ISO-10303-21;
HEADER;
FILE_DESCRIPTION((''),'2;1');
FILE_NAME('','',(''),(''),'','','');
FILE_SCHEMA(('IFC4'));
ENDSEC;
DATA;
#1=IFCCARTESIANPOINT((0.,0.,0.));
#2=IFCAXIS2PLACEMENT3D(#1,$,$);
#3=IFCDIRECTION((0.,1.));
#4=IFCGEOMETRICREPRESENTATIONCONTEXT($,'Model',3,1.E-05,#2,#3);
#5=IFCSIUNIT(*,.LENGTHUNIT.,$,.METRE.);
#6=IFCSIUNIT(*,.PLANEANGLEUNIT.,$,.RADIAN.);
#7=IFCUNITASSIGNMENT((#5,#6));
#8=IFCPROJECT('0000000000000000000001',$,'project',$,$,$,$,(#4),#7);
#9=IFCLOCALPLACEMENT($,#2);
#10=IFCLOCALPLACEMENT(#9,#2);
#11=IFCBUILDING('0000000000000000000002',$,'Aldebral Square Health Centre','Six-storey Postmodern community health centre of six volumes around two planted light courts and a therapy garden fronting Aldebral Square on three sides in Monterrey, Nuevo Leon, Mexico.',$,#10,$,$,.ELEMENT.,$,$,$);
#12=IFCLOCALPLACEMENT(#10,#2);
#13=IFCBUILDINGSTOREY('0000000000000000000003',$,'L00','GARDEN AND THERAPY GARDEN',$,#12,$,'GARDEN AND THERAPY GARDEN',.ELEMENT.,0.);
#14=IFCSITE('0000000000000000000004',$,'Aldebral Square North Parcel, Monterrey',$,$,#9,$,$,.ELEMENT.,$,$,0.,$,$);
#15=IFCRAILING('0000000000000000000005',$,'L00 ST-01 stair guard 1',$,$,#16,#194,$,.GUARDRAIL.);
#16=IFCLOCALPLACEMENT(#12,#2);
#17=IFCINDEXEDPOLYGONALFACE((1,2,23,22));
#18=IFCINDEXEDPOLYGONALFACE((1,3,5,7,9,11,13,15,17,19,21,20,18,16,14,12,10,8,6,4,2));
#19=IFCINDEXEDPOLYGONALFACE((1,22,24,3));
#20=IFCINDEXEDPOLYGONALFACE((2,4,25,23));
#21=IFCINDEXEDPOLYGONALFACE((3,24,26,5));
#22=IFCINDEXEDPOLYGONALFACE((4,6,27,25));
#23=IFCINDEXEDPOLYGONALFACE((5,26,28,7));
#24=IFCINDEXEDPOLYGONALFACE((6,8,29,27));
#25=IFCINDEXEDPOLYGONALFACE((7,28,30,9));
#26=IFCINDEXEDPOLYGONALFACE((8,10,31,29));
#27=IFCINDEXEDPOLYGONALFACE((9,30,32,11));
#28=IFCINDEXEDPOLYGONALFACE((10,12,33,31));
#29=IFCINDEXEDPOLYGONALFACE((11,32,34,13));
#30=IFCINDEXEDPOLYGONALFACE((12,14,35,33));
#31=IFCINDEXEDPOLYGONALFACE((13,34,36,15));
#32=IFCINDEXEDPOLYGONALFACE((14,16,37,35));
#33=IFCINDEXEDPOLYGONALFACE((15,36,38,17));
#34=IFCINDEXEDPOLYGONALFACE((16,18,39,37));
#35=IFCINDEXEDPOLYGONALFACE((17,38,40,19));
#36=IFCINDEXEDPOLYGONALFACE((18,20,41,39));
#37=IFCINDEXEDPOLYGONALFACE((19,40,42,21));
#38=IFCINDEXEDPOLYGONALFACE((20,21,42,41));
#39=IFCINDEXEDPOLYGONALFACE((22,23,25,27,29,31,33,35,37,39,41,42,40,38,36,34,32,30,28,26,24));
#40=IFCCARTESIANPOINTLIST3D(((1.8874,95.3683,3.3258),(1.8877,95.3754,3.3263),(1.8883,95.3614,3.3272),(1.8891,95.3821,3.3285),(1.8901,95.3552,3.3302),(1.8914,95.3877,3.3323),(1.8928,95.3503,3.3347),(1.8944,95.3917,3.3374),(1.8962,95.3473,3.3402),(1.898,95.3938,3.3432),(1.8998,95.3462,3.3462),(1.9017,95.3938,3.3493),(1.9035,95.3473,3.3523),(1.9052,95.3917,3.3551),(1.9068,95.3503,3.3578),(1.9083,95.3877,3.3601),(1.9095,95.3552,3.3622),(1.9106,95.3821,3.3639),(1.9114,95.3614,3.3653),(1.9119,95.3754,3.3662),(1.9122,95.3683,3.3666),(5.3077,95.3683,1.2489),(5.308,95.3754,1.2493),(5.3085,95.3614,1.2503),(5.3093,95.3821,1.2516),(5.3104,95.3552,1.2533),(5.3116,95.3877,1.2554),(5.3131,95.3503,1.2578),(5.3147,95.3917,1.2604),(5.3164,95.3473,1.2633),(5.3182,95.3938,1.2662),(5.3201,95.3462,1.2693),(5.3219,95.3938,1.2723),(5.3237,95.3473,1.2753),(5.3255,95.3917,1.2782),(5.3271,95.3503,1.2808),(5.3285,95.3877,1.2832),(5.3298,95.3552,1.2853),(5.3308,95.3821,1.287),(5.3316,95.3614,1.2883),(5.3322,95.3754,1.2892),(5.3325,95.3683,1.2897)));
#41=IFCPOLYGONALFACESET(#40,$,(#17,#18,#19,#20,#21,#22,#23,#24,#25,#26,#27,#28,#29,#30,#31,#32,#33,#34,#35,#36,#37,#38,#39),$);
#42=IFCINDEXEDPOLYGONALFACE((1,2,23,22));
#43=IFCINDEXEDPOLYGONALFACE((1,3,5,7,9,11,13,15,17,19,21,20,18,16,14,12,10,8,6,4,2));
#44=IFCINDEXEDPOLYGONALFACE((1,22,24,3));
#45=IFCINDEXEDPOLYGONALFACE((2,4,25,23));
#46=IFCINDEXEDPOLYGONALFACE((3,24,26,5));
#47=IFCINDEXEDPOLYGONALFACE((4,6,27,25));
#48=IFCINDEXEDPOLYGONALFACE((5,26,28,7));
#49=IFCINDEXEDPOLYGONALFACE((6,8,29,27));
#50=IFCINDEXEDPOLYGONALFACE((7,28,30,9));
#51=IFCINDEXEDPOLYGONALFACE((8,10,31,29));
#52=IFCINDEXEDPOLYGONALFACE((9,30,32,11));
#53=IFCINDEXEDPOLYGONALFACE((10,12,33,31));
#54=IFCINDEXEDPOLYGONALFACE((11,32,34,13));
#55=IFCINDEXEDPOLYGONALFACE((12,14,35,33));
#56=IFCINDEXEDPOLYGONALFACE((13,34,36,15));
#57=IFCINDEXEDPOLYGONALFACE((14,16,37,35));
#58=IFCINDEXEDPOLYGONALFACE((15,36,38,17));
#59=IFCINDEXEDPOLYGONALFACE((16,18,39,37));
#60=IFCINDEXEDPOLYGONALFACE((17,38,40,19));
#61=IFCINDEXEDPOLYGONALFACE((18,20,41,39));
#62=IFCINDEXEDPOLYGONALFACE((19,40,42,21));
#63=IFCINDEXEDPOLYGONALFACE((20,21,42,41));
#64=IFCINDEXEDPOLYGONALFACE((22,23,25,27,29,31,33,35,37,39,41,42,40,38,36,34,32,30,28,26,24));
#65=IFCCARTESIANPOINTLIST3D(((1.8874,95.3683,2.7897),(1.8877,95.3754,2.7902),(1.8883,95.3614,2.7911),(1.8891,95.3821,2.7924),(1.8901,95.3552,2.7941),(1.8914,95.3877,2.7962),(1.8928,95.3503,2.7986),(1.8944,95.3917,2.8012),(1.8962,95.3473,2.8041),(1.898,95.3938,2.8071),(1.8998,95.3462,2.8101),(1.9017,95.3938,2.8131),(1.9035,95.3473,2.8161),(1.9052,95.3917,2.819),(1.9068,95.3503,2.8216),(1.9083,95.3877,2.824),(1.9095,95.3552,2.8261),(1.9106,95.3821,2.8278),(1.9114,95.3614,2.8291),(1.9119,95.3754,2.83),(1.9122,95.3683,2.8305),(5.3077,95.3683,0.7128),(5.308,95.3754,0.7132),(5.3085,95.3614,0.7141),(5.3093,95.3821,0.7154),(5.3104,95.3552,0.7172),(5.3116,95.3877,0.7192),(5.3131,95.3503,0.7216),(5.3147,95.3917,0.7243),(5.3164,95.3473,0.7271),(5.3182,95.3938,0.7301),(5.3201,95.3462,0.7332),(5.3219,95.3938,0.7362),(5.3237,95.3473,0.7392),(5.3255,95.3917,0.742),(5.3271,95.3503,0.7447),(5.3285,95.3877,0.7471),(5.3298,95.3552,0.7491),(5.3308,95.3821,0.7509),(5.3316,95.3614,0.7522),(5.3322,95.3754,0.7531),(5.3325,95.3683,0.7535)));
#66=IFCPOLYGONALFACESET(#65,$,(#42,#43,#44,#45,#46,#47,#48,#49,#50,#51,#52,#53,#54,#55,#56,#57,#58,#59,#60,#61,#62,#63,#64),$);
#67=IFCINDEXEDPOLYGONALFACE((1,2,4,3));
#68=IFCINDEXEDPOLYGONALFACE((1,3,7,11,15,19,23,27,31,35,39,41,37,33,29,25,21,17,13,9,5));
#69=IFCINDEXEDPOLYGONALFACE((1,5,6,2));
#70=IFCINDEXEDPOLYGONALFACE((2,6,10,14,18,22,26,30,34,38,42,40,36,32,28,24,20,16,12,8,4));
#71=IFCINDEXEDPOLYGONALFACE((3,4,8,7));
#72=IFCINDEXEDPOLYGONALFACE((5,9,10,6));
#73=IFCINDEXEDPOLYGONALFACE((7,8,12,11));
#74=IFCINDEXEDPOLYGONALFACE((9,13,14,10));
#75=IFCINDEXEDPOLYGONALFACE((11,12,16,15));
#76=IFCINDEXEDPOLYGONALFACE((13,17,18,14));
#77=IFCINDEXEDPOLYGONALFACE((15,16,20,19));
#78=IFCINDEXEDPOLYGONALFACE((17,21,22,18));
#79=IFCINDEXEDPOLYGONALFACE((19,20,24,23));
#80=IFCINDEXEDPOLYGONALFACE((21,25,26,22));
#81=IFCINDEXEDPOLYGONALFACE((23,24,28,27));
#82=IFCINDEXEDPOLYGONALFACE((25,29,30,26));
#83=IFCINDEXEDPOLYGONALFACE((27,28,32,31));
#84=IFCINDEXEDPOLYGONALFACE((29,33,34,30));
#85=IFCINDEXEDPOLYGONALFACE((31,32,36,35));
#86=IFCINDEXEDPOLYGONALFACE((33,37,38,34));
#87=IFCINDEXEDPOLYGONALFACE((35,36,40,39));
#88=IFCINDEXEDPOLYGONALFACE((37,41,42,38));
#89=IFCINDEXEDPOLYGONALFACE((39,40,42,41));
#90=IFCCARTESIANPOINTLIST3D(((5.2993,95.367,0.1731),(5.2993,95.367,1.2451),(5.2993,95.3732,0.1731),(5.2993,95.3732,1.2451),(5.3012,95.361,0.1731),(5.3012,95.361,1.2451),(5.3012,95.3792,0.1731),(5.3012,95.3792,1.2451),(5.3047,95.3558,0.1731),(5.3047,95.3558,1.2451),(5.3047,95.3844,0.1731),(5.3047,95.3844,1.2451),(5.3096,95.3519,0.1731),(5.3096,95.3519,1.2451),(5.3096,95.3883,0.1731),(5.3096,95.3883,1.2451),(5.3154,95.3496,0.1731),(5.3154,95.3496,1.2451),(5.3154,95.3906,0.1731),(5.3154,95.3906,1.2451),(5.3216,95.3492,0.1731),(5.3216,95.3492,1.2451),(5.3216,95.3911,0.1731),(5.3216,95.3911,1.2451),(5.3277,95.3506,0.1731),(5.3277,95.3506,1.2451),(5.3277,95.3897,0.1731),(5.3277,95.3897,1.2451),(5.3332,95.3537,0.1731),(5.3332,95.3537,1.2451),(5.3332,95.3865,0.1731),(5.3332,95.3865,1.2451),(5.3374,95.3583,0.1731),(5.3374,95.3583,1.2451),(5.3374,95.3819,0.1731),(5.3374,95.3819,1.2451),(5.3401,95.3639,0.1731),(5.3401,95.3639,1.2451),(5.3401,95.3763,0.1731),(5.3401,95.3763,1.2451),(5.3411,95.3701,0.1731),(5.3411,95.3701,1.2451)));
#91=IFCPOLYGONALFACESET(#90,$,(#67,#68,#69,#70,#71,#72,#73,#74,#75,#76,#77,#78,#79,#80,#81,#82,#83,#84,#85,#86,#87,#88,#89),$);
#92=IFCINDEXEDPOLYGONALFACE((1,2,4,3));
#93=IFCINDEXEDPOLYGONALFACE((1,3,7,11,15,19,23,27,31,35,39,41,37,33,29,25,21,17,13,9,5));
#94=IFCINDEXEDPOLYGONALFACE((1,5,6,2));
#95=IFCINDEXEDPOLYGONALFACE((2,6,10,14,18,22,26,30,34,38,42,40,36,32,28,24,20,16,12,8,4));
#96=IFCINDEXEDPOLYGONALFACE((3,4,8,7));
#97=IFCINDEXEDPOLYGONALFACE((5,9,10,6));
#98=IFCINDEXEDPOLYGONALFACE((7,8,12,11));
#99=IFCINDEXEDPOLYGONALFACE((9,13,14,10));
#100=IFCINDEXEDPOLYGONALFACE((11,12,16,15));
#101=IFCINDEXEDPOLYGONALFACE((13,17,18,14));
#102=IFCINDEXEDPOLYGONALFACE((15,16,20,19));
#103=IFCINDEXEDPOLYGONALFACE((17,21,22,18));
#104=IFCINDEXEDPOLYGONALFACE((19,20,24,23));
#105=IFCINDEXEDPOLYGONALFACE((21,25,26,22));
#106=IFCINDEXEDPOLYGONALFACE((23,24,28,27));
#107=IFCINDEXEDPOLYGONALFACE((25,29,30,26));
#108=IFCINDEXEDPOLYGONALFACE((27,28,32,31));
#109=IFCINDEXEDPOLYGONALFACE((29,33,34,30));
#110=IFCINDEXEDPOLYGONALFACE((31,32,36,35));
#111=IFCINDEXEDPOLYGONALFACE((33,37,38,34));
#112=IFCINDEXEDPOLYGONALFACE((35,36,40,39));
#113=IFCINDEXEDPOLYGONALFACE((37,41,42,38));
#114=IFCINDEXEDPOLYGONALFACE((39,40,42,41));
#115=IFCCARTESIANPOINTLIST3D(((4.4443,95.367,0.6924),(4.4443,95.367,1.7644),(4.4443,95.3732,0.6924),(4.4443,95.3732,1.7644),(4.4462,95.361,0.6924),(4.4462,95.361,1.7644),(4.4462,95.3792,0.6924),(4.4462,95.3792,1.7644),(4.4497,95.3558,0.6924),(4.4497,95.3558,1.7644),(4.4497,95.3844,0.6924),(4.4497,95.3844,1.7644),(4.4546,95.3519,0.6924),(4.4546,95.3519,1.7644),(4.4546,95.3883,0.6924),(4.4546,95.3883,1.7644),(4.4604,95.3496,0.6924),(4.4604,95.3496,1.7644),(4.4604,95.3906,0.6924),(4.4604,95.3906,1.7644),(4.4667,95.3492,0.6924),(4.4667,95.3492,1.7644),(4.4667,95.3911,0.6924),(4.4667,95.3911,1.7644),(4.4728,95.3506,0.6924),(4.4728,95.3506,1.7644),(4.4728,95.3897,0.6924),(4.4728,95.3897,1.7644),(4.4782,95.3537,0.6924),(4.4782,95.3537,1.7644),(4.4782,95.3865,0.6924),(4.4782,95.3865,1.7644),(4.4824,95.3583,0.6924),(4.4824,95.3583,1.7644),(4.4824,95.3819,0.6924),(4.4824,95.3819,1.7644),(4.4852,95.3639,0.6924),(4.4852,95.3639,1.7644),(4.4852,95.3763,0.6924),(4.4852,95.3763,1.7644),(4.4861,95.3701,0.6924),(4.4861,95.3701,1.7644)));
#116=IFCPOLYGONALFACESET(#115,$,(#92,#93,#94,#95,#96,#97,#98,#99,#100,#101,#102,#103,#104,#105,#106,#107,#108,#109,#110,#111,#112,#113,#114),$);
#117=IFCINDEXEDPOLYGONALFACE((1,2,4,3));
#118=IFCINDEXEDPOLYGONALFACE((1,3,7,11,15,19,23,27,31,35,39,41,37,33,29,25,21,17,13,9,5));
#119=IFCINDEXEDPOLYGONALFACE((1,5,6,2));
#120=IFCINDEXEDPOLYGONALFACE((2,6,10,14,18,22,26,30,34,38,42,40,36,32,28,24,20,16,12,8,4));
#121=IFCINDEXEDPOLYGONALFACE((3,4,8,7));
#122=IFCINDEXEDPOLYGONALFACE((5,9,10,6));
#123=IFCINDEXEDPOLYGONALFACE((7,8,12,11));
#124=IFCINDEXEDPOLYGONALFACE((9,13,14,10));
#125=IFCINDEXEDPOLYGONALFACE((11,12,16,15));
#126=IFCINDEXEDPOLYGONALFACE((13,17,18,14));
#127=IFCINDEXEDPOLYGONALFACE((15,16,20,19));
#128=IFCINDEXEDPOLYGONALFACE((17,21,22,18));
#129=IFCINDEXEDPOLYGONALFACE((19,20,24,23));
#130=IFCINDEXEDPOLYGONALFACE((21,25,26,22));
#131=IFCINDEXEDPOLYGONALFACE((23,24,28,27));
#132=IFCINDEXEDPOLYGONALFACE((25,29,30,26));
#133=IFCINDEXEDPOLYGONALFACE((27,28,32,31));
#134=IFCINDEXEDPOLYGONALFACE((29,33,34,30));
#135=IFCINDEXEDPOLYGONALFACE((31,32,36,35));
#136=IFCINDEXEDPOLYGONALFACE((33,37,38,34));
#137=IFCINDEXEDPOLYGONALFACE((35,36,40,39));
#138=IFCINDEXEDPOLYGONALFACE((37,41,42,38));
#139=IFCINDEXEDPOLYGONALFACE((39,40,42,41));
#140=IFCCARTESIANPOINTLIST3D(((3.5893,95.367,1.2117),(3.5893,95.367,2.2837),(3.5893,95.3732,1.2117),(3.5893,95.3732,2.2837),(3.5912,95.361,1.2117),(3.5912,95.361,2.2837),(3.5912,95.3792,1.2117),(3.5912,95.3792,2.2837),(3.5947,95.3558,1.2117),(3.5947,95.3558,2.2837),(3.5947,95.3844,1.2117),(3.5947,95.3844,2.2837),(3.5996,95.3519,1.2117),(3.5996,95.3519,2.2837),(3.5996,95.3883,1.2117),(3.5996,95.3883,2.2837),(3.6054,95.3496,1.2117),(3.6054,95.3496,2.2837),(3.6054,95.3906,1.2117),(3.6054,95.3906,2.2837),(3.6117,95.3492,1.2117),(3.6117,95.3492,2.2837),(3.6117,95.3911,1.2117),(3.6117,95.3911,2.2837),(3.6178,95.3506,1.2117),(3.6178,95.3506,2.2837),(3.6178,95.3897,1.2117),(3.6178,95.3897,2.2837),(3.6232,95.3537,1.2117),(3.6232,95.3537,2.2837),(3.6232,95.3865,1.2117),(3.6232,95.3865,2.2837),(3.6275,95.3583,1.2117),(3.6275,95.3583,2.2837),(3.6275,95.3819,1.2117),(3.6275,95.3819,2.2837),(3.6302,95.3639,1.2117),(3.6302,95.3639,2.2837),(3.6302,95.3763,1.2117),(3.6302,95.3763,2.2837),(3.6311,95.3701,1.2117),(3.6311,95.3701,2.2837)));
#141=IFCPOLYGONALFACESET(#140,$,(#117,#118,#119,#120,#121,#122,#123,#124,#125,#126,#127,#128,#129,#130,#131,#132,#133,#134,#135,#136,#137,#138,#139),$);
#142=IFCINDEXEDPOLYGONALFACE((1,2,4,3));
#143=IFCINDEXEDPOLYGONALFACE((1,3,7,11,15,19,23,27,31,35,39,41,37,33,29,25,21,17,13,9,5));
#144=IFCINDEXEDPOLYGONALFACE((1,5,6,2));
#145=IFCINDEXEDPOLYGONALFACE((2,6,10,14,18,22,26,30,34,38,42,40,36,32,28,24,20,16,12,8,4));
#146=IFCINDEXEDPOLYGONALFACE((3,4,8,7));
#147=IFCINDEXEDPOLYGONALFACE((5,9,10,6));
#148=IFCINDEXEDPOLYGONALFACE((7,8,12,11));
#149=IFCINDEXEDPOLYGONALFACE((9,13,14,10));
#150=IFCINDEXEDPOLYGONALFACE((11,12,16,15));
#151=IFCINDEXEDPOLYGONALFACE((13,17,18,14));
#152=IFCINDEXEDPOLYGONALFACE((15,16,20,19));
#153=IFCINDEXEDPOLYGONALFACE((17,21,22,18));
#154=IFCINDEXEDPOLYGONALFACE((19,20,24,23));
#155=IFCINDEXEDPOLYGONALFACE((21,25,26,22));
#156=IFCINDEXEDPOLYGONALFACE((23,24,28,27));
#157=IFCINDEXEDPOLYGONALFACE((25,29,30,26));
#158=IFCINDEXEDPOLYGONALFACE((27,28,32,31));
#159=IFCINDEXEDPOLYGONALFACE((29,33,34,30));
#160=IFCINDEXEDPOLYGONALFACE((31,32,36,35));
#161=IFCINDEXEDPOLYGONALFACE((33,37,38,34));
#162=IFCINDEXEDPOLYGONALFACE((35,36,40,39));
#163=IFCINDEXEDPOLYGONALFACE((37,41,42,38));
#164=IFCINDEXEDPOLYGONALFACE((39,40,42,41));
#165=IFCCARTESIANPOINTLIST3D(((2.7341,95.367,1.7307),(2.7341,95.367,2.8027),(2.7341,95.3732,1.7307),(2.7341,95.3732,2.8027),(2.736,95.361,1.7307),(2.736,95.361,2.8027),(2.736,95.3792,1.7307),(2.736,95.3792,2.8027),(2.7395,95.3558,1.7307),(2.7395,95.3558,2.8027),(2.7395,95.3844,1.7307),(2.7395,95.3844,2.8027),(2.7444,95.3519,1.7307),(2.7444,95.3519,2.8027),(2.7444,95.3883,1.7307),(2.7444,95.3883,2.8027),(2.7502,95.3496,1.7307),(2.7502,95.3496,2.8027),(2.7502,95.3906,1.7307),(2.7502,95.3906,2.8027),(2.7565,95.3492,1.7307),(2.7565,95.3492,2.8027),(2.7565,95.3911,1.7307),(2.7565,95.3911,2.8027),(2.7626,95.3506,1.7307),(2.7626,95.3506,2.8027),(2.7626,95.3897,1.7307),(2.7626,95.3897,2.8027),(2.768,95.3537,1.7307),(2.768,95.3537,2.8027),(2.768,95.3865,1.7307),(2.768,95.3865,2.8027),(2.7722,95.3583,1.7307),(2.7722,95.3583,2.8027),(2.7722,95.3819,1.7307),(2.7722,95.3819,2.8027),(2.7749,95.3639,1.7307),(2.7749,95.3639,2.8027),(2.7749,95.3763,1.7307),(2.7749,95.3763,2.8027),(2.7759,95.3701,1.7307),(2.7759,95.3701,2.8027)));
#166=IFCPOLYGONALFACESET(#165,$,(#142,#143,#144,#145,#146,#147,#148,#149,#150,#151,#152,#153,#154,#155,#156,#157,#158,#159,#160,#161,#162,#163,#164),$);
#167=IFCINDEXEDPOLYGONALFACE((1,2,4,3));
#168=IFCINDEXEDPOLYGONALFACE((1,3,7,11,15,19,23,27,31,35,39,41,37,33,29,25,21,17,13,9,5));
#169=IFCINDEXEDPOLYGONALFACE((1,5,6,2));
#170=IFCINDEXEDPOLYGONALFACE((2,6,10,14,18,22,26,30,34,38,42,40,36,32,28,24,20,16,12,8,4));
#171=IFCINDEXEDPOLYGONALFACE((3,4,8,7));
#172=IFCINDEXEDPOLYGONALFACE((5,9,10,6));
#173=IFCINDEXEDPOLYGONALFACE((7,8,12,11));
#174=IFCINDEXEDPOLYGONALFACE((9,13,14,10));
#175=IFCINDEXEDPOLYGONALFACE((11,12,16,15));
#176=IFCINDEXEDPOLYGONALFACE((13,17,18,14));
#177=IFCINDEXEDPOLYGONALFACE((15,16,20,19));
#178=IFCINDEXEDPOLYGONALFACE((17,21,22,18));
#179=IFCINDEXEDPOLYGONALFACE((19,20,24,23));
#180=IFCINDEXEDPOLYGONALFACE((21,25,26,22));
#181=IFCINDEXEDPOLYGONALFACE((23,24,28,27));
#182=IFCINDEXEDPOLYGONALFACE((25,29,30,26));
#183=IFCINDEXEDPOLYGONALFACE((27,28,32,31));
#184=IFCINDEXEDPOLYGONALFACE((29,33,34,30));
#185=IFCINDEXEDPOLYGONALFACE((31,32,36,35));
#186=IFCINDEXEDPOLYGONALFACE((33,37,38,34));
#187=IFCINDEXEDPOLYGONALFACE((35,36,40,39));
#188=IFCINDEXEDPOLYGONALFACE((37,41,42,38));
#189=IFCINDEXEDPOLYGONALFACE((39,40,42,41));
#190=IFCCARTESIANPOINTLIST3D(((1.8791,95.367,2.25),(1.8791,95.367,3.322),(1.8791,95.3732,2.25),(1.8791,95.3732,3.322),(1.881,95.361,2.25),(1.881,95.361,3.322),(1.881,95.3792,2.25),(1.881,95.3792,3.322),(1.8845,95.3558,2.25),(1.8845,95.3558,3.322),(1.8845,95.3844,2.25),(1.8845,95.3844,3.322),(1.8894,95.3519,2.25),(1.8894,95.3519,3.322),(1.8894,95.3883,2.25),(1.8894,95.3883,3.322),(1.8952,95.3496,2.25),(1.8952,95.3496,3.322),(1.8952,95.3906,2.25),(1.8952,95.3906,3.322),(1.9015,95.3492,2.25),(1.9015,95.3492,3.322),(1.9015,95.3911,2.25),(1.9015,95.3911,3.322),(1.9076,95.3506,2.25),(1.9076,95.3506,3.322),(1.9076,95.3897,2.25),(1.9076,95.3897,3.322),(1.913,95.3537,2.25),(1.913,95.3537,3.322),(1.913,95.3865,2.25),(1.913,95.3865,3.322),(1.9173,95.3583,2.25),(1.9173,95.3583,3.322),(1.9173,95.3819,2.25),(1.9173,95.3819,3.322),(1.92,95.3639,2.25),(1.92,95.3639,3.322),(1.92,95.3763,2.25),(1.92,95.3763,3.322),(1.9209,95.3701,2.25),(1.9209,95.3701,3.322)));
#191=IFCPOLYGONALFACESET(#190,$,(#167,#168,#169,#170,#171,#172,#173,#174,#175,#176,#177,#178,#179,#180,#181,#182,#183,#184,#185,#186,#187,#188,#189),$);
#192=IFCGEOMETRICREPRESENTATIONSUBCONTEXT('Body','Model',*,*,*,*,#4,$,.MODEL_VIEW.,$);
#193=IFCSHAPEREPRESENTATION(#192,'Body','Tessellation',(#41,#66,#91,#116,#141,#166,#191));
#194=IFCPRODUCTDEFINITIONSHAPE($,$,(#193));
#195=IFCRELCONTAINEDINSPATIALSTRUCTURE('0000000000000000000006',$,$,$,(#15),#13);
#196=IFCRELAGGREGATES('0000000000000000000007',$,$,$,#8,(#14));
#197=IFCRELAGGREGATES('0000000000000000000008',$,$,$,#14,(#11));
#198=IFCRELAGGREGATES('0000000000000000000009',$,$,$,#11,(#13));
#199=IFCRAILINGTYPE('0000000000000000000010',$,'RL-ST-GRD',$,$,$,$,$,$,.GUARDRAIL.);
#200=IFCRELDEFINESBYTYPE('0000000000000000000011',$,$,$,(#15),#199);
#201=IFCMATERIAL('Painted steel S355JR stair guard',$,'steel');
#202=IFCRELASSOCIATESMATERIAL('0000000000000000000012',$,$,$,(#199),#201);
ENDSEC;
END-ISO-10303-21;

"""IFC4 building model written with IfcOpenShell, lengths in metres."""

from ifc_helpers import new_model, si_unit, direction, frame, origin, origin_2d, place, context, subcontext, project, spatial, circle, extrude, material, type_object, element, save


model = new_model("IFC4")

# Units and contexts
model_context = context("Model", 3, precision=1e-05, world=origin(), true_north=direction((0.0, 1.0)))
body_context = subcontext(model_context, "Body", "Model", "MODEL_VIEW")
ifc_project = project(units=[si_unit("LENGTHUNIT", "METRE"), si_unit("PLANEANGLEUNIT", "RADIAN")], contexts=[model_context])

# Site, building, storey
site_placement = place(None, origin())
site = spatial("IfcSite", under=ifc_project, at=site_placement, Name="Aldebral Square North Parcel, Monterrey", CompositionType="ELEMENT", RefElevation=0.0)
building_placement = place(site_placement, origin())
building = spatial("IfcBuilding", under=site, at=building_placement, Name="Aldebral Square Health Centre", Description="Six-storey Postmodern community health centre of six volumes around two planted light courts and a therapy garden fronting Aldebral Square on three sides in Monterrey, Nuevo Leon, Mexico.", CompositionType="ELEMENT")
storey_placement = place(building_placement, origin())
storey = spatial("IfcBuildingStorey", under=building, at=storey_placement, Name="L00", Description="GARDEN AND THERAPY GARDEN", LongName="GARDEN AND THERAPY GARDEN", CompositionType="ELEMENT", Elevation=0.0)

# Railing
ifc_material_1 = material(Name="Painted steel S355JR stair guard", Category="steel")
railing_type_1 = type_object("IfcRailingType", Name="RL-ST-GRD", PredefinedType="GUARDRAIL", material=ifc_material_1)
railing_1_placement = place(storey_placement, frame((5.3201, 95.3701, 0.1731)))
element("IfcRailing", 1, at=railing_1_placement, inside=storey, type_object=railing_type_1, Name="L00 ST-01 stair guard 1", PredefinedType="GUARDRAIL", context=body_context, shape_type="SweptSolid", body=[
    extrude(circle(Radius=0.0239, at=origin_2d()), frame((0.0, 0.0, 1.0962), z_axis=(-0.854746, 0.0, 0.519047), x_axis=(0.0, -1.0, 0.0)), (0.0, 0.0, 1.0), 4.0015),
    extrude(circle(Radius=0.0239, at=origin_2d()), frame((0.0, 0.0, 0.5601), z_axis=(-0.854746, 0.0, 0.519047), x_axis=(0.0, -1.0, 0.0)), (0.0, 0.0, 1.0), 4.0015),
    extrude(circle(Radius=0.021, at=origin_2d()), origin(), (0.0, 0.0, 1.0), 1.072),
    extrude(circle(Radius=0.021, at=origin_2d()), frame((-0.855, 0.0, 0.5193)), (0.0, 0.0, 1.0), 1.072),
    extrude(circle(Radius=0.021, at=origin_2d()), frame((-1.71, 0.0, 1.0386)), (0.0, 0.0, 1.0), 1.072),
    extrude(circle(Radius=0.021, at=origin_2d()), frame((-2.5652, 0.0, 1.5576)), (0.0, 0.0, 1.0), 1.072),
    extrude(circle(Radius=0.021, at=origin_2d()), frame((-3.4202, 0.0, 2.0769)), (0.0, 0.0, 1.0), 1.072),
])

save(model, "model.ifc")
